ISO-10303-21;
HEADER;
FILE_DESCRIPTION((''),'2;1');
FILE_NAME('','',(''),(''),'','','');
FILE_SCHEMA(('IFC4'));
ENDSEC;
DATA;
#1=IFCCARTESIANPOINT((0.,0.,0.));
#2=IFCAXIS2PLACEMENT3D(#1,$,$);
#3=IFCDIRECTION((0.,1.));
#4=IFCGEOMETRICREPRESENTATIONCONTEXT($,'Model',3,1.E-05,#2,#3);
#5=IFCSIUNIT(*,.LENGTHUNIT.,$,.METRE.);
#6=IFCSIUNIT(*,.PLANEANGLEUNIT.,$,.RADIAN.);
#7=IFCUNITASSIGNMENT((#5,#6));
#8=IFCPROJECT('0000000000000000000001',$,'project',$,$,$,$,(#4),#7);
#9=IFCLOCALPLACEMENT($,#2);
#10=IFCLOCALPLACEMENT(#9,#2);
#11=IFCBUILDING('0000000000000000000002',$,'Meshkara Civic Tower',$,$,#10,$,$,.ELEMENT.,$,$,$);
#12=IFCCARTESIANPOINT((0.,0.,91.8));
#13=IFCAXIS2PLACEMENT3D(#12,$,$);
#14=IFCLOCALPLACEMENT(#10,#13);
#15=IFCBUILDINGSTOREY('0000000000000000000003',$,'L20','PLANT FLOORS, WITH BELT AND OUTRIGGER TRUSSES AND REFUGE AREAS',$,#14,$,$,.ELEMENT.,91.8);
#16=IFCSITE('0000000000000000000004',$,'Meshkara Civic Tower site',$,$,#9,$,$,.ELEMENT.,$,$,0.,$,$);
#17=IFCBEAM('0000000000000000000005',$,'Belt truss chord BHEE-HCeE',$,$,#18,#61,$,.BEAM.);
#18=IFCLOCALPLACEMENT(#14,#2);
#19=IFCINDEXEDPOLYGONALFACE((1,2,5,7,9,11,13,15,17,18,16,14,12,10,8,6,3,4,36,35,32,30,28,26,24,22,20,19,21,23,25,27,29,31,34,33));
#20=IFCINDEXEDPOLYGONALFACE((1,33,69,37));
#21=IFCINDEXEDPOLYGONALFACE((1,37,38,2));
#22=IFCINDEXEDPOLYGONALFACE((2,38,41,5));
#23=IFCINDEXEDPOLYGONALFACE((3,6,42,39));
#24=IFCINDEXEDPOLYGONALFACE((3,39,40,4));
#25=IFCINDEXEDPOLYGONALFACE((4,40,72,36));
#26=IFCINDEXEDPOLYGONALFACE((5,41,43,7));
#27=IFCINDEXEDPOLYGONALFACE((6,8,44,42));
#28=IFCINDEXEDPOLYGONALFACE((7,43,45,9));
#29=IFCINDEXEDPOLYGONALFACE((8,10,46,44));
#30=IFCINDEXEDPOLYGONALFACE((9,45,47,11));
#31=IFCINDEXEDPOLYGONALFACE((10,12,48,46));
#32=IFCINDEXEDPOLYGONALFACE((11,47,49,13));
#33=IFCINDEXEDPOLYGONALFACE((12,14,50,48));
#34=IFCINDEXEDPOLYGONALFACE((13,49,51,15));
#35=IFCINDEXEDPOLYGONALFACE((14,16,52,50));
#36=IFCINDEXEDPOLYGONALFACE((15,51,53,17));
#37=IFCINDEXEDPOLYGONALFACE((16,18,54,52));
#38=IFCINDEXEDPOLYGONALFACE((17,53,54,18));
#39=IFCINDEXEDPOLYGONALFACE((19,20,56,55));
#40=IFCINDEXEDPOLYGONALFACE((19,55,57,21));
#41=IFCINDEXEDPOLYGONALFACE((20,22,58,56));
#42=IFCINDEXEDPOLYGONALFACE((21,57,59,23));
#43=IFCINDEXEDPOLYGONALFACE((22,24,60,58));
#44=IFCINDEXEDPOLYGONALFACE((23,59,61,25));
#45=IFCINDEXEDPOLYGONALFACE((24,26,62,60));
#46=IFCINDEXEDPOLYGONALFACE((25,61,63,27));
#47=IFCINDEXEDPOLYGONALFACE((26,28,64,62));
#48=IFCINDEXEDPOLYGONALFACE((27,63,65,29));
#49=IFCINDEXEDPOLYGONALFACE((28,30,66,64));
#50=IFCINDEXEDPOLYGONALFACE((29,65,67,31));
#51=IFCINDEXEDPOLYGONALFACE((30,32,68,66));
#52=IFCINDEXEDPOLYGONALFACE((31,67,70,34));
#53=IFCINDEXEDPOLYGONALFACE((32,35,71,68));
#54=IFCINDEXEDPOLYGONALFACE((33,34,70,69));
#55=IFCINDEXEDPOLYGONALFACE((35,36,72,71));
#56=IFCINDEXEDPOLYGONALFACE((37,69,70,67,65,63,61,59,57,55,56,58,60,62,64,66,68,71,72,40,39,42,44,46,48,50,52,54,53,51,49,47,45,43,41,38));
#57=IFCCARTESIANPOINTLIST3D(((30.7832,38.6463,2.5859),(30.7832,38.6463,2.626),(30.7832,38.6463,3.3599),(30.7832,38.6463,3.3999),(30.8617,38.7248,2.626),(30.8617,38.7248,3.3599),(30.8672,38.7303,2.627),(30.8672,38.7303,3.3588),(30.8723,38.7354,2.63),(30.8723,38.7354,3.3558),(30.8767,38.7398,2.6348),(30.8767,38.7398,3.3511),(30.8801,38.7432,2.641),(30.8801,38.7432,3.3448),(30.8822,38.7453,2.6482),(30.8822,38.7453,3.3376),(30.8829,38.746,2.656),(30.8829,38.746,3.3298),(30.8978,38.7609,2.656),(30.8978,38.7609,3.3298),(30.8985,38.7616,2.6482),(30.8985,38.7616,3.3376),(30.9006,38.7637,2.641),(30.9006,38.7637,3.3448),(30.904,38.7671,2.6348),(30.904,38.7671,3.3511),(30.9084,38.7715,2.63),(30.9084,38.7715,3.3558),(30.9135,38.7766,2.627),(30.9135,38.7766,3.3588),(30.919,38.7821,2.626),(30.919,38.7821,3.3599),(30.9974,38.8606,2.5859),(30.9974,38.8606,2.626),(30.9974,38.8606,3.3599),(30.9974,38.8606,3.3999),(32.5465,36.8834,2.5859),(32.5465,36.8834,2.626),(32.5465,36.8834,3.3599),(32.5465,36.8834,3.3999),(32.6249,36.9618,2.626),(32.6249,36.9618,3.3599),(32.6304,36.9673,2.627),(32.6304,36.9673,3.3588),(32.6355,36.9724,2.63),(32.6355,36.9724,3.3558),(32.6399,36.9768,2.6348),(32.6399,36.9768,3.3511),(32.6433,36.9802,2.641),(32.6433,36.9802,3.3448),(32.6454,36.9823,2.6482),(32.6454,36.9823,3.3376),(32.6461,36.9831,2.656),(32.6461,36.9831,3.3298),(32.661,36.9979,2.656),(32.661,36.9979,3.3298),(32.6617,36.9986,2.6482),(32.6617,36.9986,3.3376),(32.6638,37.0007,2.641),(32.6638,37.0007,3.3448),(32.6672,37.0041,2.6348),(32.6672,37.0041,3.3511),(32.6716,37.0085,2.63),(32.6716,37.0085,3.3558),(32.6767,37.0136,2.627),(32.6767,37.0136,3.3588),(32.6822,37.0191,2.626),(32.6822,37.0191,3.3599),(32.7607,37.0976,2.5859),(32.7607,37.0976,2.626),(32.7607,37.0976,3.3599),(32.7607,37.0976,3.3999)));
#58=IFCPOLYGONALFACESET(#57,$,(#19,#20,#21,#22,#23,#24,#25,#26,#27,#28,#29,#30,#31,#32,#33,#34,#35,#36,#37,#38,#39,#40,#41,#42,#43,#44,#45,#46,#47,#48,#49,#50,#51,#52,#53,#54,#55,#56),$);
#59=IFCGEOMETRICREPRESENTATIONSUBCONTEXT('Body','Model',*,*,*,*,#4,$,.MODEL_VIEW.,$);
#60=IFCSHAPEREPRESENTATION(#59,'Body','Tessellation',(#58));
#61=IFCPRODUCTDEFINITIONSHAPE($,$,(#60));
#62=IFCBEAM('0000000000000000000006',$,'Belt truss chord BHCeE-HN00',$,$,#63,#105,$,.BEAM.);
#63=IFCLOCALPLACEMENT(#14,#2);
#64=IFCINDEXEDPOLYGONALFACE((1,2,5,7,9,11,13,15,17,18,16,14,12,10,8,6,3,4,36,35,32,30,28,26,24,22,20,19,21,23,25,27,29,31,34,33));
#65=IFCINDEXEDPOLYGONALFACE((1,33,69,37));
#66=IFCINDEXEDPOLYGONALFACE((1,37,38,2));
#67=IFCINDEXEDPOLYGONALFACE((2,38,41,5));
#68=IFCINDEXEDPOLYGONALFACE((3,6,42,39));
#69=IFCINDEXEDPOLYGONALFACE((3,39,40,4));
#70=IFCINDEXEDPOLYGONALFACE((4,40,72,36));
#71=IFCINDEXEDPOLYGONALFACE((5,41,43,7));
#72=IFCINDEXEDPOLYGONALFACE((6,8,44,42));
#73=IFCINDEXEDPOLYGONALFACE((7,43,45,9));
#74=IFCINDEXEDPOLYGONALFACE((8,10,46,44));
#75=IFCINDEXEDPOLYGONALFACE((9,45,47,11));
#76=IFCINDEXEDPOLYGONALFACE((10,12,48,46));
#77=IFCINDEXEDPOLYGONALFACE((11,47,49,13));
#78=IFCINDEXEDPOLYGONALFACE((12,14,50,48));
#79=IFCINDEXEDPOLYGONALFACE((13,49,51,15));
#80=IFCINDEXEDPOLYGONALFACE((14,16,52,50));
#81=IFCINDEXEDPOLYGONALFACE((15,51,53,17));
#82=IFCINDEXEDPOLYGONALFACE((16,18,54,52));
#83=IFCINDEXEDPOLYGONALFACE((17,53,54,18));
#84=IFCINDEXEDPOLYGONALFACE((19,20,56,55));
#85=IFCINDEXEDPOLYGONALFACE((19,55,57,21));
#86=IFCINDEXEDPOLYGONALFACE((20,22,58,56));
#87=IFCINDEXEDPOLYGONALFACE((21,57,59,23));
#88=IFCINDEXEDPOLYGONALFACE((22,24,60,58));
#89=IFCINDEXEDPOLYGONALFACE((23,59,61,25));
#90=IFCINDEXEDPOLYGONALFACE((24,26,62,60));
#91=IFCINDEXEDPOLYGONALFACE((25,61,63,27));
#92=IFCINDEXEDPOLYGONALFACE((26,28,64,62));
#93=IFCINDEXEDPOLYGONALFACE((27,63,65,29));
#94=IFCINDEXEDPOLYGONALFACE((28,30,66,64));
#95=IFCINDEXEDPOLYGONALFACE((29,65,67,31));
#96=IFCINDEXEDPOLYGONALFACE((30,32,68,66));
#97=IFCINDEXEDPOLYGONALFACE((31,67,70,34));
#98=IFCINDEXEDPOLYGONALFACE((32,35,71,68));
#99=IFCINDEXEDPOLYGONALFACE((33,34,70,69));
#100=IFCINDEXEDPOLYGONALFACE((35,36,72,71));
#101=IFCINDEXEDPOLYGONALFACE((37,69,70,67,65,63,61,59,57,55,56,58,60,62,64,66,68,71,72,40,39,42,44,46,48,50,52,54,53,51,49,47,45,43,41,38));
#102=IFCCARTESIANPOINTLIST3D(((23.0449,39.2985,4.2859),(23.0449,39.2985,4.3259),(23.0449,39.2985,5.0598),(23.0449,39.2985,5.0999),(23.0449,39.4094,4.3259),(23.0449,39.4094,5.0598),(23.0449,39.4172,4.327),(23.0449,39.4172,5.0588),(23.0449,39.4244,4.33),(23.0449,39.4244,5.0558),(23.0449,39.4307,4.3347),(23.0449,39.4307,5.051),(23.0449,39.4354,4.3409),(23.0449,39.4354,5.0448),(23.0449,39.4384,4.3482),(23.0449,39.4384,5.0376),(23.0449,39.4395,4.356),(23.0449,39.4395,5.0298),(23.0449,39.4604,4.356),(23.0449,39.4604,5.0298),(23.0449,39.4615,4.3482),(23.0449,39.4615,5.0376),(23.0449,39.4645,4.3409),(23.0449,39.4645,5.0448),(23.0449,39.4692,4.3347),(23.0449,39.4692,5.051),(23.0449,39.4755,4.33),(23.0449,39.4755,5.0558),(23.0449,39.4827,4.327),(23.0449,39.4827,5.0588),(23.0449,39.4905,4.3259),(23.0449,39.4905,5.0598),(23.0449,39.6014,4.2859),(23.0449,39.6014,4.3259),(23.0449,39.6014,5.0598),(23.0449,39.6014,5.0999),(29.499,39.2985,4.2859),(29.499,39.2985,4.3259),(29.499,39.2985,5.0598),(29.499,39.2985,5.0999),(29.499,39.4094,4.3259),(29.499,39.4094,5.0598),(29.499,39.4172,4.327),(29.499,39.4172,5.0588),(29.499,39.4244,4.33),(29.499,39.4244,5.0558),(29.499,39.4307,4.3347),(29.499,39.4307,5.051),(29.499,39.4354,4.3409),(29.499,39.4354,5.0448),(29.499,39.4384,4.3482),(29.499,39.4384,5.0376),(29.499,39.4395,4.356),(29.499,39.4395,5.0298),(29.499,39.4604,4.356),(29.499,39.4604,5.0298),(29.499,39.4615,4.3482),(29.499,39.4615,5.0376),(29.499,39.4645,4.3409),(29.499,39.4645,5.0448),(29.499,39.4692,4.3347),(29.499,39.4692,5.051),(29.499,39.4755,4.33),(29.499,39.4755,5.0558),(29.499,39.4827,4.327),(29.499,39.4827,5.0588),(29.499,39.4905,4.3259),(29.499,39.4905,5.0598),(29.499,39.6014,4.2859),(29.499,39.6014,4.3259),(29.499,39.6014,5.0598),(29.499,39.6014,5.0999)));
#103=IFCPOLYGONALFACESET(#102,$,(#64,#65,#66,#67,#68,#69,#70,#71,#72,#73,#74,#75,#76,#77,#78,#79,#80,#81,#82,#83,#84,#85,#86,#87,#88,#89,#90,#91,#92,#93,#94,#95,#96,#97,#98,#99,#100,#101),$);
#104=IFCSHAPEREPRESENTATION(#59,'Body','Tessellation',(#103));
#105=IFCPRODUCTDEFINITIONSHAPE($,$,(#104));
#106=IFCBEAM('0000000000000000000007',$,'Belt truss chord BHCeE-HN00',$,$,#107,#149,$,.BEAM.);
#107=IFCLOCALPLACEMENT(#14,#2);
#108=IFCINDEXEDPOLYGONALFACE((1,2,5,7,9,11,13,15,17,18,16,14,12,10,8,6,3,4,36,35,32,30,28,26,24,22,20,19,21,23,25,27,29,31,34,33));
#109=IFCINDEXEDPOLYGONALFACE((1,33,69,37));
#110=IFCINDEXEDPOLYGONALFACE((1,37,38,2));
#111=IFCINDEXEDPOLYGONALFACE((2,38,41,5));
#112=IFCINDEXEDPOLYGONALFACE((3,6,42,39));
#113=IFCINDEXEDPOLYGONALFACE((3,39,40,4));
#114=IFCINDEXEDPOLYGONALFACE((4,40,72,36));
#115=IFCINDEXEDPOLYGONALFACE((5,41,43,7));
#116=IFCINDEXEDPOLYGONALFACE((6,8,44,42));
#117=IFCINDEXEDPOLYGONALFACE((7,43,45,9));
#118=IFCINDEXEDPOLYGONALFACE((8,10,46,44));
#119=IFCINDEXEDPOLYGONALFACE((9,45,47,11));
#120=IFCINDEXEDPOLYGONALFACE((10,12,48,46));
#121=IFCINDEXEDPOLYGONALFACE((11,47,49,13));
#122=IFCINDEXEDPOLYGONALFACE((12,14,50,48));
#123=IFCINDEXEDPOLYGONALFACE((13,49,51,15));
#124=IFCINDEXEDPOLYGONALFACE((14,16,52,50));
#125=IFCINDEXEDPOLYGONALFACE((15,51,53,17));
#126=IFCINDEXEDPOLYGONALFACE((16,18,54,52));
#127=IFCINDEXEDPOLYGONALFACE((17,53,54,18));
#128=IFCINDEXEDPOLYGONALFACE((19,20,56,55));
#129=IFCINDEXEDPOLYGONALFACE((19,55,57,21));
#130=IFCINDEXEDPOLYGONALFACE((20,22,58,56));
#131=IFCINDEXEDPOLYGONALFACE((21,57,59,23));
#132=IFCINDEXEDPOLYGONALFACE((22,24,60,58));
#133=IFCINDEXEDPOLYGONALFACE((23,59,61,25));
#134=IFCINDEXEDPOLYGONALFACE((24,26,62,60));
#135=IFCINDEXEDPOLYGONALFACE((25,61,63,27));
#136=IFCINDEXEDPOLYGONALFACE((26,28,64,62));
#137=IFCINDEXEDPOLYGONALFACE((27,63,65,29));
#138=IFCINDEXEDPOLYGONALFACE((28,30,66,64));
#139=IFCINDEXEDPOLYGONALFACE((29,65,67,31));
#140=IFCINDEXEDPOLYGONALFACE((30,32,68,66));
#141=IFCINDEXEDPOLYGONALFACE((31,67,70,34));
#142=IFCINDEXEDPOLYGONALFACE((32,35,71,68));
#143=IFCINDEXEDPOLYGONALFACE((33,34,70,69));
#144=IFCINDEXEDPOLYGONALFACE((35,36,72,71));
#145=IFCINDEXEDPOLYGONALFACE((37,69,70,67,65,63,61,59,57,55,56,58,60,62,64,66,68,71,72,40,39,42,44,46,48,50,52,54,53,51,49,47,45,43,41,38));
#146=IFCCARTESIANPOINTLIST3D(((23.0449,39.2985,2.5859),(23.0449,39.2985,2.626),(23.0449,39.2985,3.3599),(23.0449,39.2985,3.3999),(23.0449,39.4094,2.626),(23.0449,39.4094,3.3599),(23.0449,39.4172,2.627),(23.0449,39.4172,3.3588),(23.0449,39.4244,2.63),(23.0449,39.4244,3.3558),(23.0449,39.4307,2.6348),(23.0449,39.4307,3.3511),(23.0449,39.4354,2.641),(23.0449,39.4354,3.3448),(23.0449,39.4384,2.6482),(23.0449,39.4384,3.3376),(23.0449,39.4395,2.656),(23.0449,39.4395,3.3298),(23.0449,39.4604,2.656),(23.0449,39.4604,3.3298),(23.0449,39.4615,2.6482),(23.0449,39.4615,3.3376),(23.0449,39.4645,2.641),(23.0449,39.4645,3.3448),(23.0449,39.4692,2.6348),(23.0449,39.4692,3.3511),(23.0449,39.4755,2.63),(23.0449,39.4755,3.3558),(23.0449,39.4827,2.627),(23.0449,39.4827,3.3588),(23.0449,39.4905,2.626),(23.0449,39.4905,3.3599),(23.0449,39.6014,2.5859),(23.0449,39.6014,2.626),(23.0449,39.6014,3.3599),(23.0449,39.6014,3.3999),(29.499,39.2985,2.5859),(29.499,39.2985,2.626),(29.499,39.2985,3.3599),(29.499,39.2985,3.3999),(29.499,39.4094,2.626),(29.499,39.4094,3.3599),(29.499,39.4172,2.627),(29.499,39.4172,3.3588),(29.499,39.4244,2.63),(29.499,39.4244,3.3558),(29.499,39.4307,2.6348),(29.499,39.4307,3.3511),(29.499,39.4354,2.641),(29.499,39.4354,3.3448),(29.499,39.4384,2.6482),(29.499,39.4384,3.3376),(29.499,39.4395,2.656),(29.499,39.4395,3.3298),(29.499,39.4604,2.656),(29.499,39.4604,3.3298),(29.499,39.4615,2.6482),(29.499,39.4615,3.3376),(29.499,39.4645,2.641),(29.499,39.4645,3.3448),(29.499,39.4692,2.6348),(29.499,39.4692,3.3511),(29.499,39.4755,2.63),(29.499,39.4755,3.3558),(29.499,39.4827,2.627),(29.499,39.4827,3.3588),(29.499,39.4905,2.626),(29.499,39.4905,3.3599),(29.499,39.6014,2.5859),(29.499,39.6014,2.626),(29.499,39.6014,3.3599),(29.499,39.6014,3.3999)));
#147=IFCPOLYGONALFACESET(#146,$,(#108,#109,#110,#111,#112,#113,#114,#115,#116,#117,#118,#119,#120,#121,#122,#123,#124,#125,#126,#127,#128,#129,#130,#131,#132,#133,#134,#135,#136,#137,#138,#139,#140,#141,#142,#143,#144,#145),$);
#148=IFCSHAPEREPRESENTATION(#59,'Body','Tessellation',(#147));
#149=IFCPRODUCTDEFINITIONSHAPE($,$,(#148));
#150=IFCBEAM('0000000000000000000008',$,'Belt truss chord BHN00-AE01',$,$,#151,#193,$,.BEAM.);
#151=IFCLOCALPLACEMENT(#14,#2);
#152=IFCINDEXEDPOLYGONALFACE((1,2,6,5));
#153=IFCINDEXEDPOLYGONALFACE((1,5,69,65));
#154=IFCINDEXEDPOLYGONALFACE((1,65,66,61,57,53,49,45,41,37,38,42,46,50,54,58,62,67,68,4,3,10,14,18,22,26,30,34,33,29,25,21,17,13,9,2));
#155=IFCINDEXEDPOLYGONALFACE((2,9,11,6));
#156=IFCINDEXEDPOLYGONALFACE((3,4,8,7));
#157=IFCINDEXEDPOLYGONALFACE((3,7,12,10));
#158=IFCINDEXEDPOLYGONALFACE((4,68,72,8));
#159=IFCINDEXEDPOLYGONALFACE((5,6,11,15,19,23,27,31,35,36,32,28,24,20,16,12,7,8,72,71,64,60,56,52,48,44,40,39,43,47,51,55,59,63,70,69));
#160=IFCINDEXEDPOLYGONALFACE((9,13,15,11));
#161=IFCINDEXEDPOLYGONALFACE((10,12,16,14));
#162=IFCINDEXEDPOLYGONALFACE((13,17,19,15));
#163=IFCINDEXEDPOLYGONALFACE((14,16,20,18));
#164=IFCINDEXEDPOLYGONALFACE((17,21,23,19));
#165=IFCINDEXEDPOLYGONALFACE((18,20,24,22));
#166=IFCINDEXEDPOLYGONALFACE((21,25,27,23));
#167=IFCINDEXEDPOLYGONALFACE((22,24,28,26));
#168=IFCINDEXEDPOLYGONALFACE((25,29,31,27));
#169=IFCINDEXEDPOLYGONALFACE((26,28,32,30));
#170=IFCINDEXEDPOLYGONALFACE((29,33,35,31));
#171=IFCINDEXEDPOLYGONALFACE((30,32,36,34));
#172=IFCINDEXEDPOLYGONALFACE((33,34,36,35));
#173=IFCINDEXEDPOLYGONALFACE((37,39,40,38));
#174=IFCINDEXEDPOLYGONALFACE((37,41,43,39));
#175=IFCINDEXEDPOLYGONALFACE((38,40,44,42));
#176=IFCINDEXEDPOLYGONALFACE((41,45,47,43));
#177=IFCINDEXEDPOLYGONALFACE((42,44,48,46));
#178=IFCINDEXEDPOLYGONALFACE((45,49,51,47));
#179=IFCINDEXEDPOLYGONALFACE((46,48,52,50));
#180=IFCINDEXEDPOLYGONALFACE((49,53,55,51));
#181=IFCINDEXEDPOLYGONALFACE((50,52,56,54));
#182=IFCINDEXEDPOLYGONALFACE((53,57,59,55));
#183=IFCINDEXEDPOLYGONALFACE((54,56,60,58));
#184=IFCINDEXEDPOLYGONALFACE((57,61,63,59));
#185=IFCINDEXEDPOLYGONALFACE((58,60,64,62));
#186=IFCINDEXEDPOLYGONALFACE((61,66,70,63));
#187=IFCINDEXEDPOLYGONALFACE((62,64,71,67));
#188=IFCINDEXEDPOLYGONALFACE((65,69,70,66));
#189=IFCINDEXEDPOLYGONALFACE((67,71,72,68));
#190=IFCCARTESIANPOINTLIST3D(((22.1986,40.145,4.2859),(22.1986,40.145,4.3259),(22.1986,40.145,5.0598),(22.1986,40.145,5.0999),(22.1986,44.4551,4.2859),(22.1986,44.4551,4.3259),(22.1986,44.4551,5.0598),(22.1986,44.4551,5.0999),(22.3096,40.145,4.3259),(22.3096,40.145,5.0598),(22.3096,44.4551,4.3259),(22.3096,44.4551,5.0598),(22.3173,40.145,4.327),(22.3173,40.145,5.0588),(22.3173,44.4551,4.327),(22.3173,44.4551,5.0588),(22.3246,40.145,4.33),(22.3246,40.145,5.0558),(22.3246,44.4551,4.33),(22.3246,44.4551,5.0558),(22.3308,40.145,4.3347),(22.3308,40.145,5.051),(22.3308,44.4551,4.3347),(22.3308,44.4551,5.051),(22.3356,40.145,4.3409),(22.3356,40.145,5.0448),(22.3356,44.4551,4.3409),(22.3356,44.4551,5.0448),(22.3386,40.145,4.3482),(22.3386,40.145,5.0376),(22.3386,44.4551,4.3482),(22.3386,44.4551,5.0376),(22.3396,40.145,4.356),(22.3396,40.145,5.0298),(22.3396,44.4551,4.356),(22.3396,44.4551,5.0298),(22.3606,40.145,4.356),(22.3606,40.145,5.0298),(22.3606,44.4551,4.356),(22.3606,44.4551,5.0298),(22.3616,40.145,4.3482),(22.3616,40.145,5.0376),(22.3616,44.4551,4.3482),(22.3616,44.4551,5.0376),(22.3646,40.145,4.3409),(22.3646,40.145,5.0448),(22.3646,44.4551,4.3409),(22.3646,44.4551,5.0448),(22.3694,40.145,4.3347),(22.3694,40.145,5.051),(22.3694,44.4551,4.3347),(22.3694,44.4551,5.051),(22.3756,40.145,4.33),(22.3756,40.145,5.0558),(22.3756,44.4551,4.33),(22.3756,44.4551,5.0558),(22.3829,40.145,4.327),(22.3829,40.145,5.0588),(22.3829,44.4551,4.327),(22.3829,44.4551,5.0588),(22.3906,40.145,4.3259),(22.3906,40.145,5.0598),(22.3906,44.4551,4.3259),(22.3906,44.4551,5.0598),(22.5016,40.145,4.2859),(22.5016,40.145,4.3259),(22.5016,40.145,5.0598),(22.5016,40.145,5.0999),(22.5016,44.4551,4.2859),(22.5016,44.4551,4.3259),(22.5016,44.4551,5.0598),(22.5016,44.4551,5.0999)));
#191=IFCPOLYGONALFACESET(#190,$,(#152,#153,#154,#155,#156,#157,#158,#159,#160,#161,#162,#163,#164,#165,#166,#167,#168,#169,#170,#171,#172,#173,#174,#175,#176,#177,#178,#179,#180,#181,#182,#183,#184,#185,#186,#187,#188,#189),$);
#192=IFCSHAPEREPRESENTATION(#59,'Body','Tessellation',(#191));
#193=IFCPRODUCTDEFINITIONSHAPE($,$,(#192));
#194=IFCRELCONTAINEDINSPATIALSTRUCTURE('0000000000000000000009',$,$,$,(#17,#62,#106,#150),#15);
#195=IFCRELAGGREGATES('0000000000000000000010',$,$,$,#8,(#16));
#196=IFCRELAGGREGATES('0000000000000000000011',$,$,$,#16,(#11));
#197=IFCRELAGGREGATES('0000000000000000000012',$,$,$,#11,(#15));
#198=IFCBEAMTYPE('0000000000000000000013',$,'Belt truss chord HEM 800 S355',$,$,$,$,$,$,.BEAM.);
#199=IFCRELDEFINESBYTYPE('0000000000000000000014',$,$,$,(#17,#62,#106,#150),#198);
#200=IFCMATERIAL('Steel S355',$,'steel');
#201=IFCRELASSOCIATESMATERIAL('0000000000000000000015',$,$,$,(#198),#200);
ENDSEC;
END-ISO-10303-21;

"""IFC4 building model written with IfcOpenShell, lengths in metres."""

from ifc_helpers import new_model, si_unit, direction, frame, origin, origin_2d, place, context, subcontext, project, spatial, i_section, extrude, material, material_profile, profile_set, type_object, element, save


model = new_model("IFC4")

# Units and contexts
model_context = context("Model", 3, precision=1e-05, world=origin(), true_north=direction((0.0, 1.0)))
body_context = subcontext(model_context, "Body", "Model", "MODEL_VIEW")
ifc_project = project(units=[si_unit("LENGTHUNIT", "METRE"), si_unit("PLANEANGLEUNIT", "RADIAN")], contexts=[model_context])

# Site, building, storey
site_placement = place(None, origin())
site = spatial("IfcSite", under=ifc_project, at=site_placement, Name="Meshkara Civic Tower site", CompositionType="ELEMENT", RefElevation=0.0)
building_placement = place(site_placement, origin())
building = spatial("IfcBuilding", under=site, at=building_placement, Name="Meshkara Civic Tower", CompositionType="ELEMENT")
storey_placement = place(building_placement, frame((0.0, 0.0, 91.8)))
storey = spatial("IfcBuildingStorey", under=building, at=storey_placement, Name="L20", Description="PLANT FLOORS, WITH BELT AND OUTRIGGER TRUSSES AND REFUGE AREAS", CompositionType="ELEMENT", Elevation=91.8)

# Beams
ifc_material_1 = material(Name="Steel S355", Category="steel")
ifc_material_profile_1 = material_profile(ifc_material_1, i_section(OverallWidth=0.303, OverallDepth=0.814, WebThickness=0.021, FlangeThickness=0.04, FilletRadius=0.03, at=origin_2d()))
ifc_profile_set_1 = profile_set([ifc_material_profile_1], Name="Steel S355")
beam_type = type_object("IfcBeamType", Name="Belt truss chord HEM 800 S355", PredefinedType="BEAM", material=ifc_profile_set_1)
for number, where, z_axis, x_axis, name in (
    (1, (32.6536, 36.9905, 2.9929), (-0.707156, 0.707058, 0.0), (-0.707058, -0.707156, 0.0), "Belt truss chord BHEE-HCeE"),
):
    element("IfcBeam", number, at=place(storey_placement, frame(where, z_axis=z_axis, x_axis=x_axis)), inside=storey, type_object=beam_type, Name=name, PredefinedType="BEAM", context=body_context, shape_type="SweptSolid", body=[
        extrude(i_section(OverallWidth=0.303, OverallDepth=0.814, WebThickness=0.021, FlangeThickness=0.04, FilletRadius=0.03, at=origin_2d()), origin(), (0.0, 0.0, 1.0), 2.4934),
    ])
for number, where, z_axis, x_axis, name in (
    (2, (29.499, 39.45, 4.6929), (-1.0, 0.0, 0.0), (0.0, -1.0, 0.0), "Belt truss chord BHCeE-HN00"),
    (3, (29.499, 39.45, 2.9929), (-1.0, 0.0, 0.0), (0.0, -1.0, 0.0), "Belt truss chord BHCeE-HN00"),
):
    element("IfcBeam", number, at=place(storey_placement, frame(where, z_axis=z_axis, x_axis=x_axis)), inside=storey, type_object=beam_type, Name=name, PredefinedType="BEAM", context=body_context, shape_type="SweptSolid", body=[
        extrude(i_section(OverallWidth=0.303, OverallDepth=0.814, WebThickness=0.021, FlangeThickness=0.04, FilletRadius=0.03, at=origin_2d()), origin(), (0.0, 0.0, 1.0), 6.4541),
    ])
for number, where, z_axis, x_axis, name in (
    (4, (22.3501, 40.145, 4.6929), (0.0, 1.0, 0.0), (-1.0, 0.0, 0.0), "Belt truss chord BHN00-AE01"),
):
    element("IfcBeam", number, at=place(storey_placement, frame(where, z_axis=z_axis, x_axis=x_axis)), inside=storey, type_object=beam_type, Name=name, PredefinedType="BEAM", context=body_context, shape_type="SweptSolid", body=[
        extrude(i_section(OverallWidth=0.303, OverallDepth=0.814, WebThickness=0.021, FlangeThickness=0.04, FilletRadius=0.03, at=origin_2d()), origin(), (0.0, 0.0, 1.0), 4.3101),
    ])

save(model, "model.ifc")
